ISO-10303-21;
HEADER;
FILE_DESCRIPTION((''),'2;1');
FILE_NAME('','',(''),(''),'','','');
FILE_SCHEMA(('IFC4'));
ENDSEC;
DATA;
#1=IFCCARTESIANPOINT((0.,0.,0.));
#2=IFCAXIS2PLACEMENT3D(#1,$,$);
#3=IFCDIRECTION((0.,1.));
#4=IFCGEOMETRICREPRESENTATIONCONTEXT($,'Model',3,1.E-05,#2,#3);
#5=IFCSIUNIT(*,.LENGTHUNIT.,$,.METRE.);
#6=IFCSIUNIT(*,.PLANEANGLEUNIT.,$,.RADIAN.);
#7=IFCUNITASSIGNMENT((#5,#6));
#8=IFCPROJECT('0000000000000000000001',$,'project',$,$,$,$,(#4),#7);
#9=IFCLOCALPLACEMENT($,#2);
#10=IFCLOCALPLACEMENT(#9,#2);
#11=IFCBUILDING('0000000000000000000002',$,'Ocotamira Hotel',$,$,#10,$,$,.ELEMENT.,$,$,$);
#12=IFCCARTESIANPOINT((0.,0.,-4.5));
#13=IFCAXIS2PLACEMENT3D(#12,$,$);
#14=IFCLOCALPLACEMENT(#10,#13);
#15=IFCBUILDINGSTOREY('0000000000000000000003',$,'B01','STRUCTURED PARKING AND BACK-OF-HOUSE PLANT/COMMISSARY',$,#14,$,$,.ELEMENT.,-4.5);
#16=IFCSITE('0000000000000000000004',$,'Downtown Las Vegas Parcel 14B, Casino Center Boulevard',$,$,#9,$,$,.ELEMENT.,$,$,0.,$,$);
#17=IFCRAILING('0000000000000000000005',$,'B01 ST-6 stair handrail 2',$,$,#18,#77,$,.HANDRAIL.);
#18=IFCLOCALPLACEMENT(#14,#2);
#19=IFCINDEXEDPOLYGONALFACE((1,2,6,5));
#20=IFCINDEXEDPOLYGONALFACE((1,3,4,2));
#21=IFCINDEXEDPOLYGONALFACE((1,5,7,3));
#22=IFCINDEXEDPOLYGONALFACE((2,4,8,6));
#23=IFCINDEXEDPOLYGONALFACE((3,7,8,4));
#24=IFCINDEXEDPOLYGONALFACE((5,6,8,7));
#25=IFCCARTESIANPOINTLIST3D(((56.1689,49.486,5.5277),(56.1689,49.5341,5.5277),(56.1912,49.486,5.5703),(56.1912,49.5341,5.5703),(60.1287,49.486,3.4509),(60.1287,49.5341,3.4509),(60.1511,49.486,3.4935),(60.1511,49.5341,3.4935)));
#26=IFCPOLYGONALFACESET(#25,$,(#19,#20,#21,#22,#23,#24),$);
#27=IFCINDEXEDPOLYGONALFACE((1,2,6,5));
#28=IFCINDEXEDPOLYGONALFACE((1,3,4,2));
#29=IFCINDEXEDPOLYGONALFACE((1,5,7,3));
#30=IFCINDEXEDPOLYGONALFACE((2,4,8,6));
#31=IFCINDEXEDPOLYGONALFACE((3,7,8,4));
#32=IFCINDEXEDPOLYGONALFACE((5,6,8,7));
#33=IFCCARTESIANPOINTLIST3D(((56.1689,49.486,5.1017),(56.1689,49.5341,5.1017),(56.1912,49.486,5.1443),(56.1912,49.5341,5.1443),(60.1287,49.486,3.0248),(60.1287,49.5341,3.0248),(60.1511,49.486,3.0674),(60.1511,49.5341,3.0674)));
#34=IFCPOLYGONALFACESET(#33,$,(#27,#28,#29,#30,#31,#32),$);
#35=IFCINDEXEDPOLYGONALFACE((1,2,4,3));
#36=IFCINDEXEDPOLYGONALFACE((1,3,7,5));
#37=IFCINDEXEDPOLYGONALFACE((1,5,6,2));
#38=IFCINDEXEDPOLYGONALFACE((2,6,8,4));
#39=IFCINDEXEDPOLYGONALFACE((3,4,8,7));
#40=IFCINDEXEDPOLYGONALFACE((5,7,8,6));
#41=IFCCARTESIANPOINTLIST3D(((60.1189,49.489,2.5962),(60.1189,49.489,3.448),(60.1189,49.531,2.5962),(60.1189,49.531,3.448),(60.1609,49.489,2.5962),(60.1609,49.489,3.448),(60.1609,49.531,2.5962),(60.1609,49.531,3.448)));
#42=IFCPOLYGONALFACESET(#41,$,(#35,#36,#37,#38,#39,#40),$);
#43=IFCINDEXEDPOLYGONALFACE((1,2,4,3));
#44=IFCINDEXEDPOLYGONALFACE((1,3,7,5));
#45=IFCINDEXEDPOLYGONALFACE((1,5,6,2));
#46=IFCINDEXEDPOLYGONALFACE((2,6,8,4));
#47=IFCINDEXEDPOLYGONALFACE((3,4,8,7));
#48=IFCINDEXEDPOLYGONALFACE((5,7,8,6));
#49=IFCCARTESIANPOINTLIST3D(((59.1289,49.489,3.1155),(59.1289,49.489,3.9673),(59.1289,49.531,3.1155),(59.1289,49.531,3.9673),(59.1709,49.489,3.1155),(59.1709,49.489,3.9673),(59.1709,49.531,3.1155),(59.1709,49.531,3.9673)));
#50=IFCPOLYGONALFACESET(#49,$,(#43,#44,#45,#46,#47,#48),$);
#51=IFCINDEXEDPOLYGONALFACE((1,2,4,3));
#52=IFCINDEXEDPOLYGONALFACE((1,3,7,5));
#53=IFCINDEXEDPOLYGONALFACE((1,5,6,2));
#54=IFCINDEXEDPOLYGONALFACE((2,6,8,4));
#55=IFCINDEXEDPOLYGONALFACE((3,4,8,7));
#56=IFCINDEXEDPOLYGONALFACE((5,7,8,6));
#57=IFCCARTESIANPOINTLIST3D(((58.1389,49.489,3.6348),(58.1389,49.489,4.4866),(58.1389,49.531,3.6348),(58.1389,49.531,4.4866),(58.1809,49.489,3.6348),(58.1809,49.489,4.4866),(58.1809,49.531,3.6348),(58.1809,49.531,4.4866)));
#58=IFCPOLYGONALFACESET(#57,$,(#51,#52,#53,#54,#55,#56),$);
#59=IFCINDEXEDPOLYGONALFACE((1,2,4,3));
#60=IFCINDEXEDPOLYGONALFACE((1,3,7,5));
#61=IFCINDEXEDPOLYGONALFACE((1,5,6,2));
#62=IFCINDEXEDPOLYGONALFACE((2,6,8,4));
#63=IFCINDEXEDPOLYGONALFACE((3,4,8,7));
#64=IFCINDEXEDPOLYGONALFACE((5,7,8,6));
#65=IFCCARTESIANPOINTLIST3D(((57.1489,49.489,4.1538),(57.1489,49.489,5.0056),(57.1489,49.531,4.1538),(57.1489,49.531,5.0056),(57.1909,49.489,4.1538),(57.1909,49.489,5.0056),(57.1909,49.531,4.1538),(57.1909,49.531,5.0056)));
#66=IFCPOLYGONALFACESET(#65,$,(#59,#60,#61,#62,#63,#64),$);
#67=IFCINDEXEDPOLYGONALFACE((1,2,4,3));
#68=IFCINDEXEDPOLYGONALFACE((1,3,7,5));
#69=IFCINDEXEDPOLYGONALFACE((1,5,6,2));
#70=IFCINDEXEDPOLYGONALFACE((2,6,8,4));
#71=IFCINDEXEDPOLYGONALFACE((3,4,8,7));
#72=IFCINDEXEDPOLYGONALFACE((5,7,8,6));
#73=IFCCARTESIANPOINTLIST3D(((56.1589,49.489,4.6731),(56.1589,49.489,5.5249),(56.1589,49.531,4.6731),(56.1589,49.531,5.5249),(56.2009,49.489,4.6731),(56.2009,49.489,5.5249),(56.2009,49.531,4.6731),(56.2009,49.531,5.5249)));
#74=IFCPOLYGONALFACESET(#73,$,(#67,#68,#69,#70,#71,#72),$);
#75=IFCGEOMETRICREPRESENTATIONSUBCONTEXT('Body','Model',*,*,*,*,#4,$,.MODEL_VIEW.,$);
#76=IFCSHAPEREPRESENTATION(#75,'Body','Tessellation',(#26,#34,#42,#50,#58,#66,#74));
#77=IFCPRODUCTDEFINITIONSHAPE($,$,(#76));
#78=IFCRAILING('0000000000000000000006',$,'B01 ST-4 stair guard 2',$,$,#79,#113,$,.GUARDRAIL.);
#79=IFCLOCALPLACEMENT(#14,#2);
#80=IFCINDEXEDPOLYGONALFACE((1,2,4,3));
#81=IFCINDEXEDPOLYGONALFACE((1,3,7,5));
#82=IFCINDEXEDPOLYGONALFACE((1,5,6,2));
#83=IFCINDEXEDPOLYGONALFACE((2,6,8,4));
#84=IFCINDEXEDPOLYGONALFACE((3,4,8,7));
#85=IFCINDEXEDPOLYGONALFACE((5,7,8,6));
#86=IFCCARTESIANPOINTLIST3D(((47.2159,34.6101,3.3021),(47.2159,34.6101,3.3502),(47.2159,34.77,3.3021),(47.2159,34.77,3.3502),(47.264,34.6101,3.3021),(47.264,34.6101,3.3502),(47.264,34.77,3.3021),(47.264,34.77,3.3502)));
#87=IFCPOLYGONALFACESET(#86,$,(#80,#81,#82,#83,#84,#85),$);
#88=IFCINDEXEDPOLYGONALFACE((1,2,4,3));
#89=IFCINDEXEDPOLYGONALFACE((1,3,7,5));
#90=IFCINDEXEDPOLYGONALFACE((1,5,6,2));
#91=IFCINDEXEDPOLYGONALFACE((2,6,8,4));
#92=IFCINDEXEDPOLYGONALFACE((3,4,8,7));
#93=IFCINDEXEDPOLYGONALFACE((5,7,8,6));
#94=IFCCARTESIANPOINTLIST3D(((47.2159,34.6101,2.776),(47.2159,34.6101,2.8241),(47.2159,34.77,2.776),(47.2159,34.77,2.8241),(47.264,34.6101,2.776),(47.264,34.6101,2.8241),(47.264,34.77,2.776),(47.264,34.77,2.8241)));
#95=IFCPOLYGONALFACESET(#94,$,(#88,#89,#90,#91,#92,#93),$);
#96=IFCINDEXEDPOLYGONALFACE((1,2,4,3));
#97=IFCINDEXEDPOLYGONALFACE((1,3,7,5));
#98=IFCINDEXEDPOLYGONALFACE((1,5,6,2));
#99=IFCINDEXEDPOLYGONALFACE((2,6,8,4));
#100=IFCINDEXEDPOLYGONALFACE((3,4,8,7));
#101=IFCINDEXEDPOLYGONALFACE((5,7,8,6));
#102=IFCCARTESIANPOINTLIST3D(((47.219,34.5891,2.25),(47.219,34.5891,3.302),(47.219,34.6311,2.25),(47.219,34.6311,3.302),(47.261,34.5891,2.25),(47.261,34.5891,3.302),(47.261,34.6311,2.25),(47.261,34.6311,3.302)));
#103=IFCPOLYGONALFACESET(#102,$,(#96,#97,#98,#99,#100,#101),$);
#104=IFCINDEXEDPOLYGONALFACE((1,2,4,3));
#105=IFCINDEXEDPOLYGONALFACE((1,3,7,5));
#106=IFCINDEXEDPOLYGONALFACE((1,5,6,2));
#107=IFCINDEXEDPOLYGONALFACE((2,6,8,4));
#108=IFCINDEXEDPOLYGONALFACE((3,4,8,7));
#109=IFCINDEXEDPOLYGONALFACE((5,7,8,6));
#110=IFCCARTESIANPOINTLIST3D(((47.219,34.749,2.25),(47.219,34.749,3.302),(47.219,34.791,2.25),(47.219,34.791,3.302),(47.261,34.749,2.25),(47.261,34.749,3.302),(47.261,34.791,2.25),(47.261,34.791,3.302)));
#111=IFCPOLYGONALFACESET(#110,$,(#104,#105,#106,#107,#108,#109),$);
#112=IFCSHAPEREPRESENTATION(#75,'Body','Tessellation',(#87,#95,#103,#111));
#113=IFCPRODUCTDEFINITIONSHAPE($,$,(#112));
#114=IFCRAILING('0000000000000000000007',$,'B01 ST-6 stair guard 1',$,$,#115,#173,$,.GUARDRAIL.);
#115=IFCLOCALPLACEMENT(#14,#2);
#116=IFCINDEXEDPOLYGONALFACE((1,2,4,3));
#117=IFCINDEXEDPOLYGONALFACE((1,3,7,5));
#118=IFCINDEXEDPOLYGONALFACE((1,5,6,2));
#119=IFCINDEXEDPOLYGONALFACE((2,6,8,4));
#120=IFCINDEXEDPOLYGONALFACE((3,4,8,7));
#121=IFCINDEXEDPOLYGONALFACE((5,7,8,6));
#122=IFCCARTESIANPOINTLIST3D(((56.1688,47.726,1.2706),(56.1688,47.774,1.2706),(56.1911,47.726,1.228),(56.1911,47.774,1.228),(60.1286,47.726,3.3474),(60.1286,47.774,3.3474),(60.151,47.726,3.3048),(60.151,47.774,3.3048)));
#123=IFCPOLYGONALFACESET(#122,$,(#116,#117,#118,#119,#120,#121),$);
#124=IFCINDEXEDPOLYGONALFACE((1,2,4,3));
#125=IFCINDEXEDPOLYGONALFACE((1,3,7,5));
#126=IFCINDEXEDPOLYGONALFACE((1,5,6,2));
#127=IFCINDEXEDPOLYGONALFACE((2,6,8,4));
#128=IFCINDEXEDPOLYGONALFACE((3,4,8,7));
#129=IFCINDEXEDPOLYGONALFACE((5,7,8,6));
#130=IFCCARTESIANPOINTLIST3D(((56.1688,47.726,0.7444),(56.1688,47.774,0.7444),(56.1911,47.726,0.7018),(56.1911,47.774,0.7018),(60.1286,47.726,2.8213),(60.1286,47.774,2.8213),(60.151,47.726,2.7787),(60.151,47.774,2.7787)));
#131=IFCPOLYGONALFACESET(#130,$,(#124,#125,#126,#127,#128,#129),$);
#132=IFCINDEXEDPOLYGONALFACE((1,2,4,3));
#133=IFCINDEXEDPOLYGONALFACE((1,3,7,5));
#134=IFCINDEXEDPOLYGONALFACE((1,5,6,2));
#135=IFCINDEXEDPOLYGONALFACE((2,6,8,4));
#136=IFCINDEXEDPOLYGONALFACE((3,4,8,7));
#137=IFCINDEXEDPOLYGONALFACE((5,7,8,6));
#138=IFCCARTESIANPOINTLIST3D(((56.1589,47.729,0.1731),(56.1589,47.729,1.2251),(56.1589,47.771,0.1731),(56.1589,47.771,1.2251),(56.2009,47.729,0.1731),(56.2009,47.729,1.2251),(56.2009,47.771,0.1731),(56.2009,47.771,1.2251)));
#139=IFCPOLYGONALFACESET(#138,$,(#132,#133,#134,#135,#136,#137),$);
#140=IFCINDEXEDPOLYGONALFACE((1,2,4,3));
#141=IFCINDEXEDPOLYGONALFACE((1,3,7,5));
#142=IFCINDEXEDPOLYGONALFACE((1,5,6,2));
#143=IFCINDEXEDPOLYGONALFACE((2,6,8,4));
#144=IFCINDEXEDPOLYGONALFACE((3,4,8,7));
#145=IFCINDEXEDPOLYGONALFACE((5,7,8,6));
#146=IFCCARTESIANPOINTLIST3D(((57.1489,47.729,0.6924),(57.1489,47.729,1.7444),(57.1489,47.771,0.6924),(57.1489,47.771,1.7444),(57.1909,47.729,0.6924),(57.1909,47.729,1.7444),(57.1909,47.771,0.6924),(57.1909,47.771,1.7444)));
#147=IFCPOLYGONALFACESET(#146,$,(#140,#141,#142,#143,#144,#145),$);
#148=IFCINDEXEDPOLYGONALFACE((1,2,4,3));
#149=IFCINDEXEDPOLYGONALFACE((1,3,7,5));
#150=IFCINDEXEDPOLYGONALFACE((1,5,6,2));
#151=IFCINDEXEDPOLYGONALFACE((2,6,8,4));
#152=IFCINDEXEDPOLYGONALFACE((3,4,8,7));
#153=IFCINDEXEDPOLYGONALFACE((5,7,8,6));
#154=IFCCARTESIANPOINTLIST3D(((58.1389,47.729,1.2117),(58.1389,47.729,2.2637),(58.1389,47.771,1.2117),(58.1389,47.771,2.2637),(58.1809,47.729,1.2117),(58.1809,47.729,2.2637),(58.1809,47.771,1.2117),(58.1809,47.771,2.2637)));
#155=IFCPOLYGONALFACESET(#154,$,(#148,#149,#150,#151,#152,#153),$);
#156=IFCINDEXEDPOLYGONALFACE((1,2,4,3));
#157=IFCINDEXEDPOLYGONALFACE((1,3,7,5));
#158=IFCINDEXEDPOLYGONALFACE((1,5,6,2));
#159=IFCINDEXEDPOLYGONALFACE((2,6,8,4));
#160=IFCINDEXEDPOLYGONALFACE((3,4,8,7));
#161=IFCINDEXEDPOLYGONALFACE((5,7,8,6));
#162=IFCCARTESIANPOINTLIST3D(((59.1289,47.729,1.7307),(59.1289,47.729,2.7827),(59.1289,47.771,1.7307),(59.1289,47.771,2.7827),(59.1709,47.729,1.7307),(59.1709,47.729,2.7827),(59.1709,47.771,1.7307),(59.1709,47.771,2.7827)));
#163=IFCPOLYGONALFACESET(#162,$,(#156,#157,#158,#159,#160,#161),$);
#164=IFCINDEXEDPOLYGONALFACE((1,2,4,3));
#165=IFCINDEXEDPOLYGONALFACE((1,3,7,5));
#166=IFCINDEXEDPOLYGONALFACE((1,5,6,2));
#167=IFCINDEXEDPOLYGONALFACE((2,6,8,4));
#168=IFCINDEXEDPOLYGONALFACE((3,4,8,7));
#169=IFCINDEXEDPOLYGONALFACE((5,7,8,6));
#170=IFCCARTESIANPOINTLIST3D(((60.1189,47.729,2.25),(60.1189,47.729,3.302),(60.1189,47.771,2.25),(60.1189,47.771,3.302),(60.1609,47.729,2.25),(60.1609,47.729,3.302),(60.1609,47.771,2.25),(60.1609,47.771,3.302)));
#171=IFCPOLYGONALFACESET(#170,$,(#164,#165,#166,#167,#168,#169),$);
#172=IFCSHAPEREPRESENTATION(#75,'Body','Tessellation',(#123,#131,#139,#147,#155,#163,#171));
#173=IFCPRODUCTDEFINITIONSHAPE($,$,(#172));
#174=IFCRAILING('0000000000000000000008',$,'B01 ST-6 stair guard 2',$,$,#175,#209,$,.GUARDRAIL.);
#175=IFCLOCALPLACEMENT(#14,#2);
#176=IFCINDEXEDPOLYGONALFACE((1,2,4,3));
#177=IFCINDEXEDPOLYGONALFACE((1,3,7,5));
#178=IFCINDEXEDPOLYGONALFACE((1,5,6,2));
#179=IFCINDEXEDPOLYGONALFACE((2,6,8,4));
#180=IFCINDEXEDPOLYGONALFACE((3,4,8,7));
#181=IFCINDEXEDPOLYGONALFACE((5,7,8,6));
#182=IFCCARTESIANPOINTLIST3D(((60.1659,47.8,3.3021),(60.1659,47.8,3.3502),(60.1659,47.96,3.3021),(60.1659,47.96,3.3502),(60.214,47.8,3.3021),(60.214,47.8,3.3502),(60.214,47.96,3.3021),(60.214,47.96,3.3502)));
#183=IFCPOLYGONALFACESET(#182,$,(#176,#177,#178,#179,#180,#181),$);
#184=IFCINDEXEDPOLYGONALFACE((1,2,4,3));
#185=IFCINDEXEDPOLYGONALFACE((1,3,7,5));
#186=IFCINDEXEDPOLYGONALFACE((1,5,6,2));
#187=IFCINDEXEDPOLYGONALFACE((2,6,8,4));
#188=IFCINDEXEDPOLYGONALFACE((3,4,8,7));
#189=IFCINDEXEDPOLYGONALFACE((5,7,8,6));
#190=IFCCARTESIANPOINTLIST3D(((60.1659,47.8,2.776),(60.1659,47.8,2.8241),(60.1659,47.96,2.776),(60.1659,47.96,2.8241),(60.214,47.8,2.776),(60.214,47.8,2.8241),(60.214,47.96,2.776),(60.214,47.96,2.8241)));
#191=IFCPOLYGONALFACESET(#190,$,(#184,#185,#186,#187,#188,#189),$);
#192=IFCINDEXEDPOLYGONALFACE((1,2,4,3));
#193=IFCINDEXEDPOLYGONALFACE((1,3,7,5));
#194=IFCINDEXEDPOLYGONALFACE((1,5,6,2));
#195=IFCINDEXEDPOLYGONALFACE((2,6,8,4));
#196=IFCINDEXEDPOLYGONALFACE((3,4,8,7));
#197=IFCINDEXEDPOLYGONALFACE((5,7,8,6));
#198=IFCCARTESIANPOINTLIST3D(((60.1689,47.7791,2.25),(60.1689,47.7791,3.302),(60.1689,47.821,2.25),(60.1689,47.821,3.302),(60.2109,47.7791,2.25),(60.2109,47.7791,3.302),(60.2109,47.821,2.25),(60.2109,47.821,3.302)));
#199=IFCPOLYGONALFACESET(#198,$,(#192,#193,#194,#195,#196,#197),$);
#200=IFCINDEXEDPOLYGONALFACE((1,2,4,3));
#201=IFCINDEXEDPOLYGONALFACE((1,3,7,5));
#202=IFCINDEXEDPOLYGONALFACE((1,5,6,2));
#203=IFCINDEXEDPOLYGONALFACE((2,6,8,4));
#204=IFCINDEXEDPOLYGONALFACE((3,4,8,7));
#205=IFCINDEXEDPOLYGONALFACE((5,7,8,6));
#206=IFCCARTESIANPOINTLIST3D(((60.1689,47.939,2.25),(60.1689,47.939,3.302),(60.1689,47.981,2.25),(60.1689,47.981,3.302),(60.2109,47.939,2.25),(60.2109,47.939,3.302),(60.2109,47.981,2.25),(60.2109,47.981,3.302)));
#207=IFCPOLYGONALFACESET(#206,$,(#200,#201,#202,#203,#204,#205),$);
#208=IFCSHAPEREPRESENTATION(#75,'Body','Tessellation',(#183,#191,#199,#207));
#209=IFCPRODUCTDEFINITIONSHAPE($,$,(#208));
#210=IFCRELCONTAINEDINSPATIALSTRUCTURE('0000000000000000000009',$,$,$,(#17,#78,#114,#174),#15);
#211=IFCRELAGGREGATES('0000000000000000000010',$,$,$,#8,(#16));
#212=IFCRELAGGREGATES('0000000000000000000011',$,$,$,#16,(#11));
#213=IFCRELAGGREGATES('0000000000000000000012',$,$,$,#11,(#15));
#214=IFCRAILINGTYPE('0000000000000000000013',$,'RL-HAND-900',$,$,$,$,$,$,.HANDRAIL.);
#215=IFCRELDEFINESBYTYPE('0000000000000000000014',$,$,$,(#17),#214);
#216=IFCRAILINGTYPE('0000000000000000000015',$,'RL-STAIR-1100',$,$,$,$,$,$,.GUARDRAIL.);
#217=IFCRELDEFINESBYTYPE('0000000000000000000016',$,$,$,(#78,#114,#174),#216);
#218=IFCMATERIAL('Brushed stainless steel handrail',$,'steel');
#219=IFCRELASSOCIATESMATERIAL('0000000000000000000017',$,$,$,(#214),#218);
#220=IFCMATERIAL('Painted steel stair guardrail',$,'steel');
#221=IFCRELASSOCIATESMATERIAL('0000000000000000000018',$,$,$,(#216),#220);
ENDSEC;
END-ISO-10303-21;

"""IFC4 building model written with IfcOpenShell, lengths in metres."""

from ifc_helpers import new_model, si_unit, direction, frame, origin, origin_2d, place, context, subcontext, project, spatial, rectangle, extrude, material, type_object, element, save


model = new_model("IFC4")

# Units and contexts
model_context = context("Model", 3, precision=1e-05, world=origin(), true_north=direction((0.0, 1.0)))
body_context = subcontext(model_context, "Body", "Model", "MODEL_VIEW")
ifc_project = project(units=[si_unit("LENGTHUNIT", "METRE"), si_unit("PLANEANGLEUNIT", "RADIAN")], contexts=[model_context])

# Site, building, storey
site_placement = place(None, origin())
site = spatial("IfcSite", under=ifc_project, at=site_placement, Name="Downtown Las Vegas Parcel 14B, Casino Center Boulevard", CompositionType="ELEMENT", RefElevation=0.0)
building_placement = place(site_placement, origin())
building = spatial("IfcBuilding", under=site, at=building_placement, Name="Ocotamira Hotel", CompositionType="ELEMENT")
storey_placement = place(building_placement, frame((0.0, 0.0, -4.5)))
storey = spatial("IfcBuildingStorey", under=building, at=storey_placement, Name="B01", Description="STRUCTURED PARKING AND BACK-OF-HOUSE PLANT/COMMISSARY", CompositionType="ELEMENT", Elevation=-4.5)

# Railings
ifc_material_1 = material(Name="Brushed stainless steel handrail", Category="steel")
railing_type_1 = type_object("IfcRailingType", Name="RL-HAND-900", PredefinedType="HANDRAIL", material=ifc_material_1)
railing_1_placement = place(storey_placement, frame((60.1399, 49.51, 2.5962)))
element("IfcRailing", 1, at=railing_1_placement, inside=storey, type_object=railing_type_1, Name="B01 ST-6 stair handrail 2", PredefinedType="HANDRAIL", context=body_context, shape_type="SweptSolid", body=[
    extrude(rectangle(XDim=0.0481, YDim=0.0481, at=origin_2d()), frame((0.0, 0.0, 0.876), z_axis=(-0.885589, 0.0, 0.46447), x_axis=(0.0, -1.0, 0.0)), (0.0, 0.0, 1.0), 4.4714),
    extrude(rectangle(XDim=0.0481, YDim=0.0481, at=origin_2d()), frame((0.0, 0.0, 0.45), z_axis=(-0.885589, 0.0, 0.46447), x_axis=(0.0, -1.0, 0.0)), (0.0, 0.0, 1.0), 4.4714),
    extrude(rectangle(XDim=0.042, YDim=0.042, at=origin_2d()), origin(), (0.0, 0.0, 1.0), 0.8518),
    extrude(rectangle(XDim=0.042, YDim=0.042, at=origin_2d()), frame((-0.99, 0.0, 0.5193)), (0.0, 0.0, 1.0), 0.8518),
    extrude(rectangle(XDim=0.042, YDim=0.042, at=origin_2d()), frame((-1.98, 0.0, 1.0386)), (0.0, 0.0, 1.0), 0.8518),
    extrude(rectangle(XDim=0.042, YDim=0.042, at=origin_2d()), frame((-2.97, 0.0, 1.5576)), (0.0, 0.0, 1.0), 0.8518),
    extrude(rectangle(XDim=0.042, YDim=0.042, at=origin_2d()), frame((-3.96, 0.0, 2.0769)), (0.0, 0.0, 1.0), 0.8518),
])
ifc_material_2 = material(Name="Painted steel stair guardrail", Category="steel")
railing_type_2 = type_object("IfcRailingType", Name="RL-STAIR-1100", PredefinedType="GUARDRAIL", material=ifc_material_2)
railing_2_placement = place(storey_placement, frame((47.24, 34.6101, 2.25)))
element("IfcRailing", 2, at=railing_2_placement, inside=storey, type_object=railing_type_2, Name="B01 ST-4 stair guard 2", PredefinedType="GUARDRAIL", context=body_context, shape_type="SweptSolid", body=[
    extrude(rectangle(XDim=0.0481, YDim=0.0481, at=origin_2d()), frame((0.0, 0.0, 1.0762), z_axis=(0.0, 1.0, 0.0), x_axis=(-1.0, 0.0, 0.0)), (0.0, 0.0, 1.0), 0.1599),
    extrude(rectangle(XDim=0.0481, YDim=0.0481, at=origin_2d()), frame((0.0, 0.0, 0.55), z_axis=(0.0, 1.0, 0.0), x_axis=(-1.0, 0.0, 0.0)), (0.0, 0.0, 1.0), 0.1599),
    extrude(rectangle(XDim=0.042, YDim=0.042, at=origin_2d()), origin(), (0.0, 0.0, 1.0), 1.052),
    extrude(rectangle(XDim=0.042, YDim=0.042, at=origin_2d()), frame((0.0, 0.1599, 0.0)), (0.0, 0.0, 1.0), 1.052),
])
railing_3_placement = place(storey_placement, frame((56.1799, 47.75, 0.1731)))
element("IfcRailing", 3, at=railing_3_placement, inside=storey, type_object=railing_type_2, Name="B01 ST-6 stair guard 1", PredefinedType="GUARDRAIL", context=body_context, shape_type="SweptSolid", body=[
    extrude(rectangle(XDim=0.0481, YDim=0.0481, at=origin_2d()), frame((0.0, 0.0, 1.0762), z_axis=(0.885589, 0.0, 0.46447), x_axis=(0.0, 1.0, 0.0)), (0.0, 0.0, 1.0), 4.4714),
    extrude(rectangle(XDim=0.0481, YDim=0.0481, at=origin_2d()), frame((0.0, 0.0, 0.55), z_axis=(0.885589, 0.0, 0.46447), x_axis=(0.0, 1.0, 0.0)), (0.0, 0.0, 1.0), 4.4714),
    extrude(rectangle(XDim=0.042, YDim=0.042, at=origin_2d()), origin(), (0.0, 0.0, 1.0), 1.052),
    extrude(rectangle(XDim=0.042, YDim=0.042, at=origin_2d()), frame((0.99, 0.0, 0.5193)), (0.0, 0.0, 1.0), 1.052),
    extrude(rectangle(XDim=0.042, YDim=0.042, at=origin_2d()), frame((1.98, 0.0, 1.0386)), (0.0, 0.0, 1.0), 1.052),
    extrude(rectangle(XDim=0.042, YDim=0.042, at=origin_2d()), frame((2.97, 0.0, 1.5576)), (0.0, 0.0, 1.0), 1.052),
    extrude(rectangle(XDim=0.042, YDim=0.042, at=origin_2d()), frame((3.96, 0.0, 2.0769)), (0.0, 0.0, 1.0), 1.052),
])
railing_4_placement = place(storey_placement, frame((60.1899, 47.8, 2.25)))
element("IfcRailing", 4, at=railing_4_placement, inside=storey, type_object=railing_type_2, Name="B01 ST-6 stair guard 2", PredefinedType="GUARDRAIL", context=body_context, shape_type="SweptSolid", body=[
    extrude(rectangle(XDim=0.0481, YDim=0.0481, at=origin_2d()), frame((0.0, 0.0, 1.0762), z_axis=(0.0, 1.0, 0.0), x_axis=(-1.0, 0.0, 0.0)), (0.0, 0.0, 1.0), 0.1599),
    extrude(rectangle(XDim=0.0481, YDim=0.0481, at=origin_2d()), frame((0.0, 0.0, 0.55), z_axis=(0.0, 1.0, 0.0), x_axis=(-1.0, 0.0, 0.0)), (0.0, 0.0, 1.0), 0.1599),
    extrude(rectangle(XDim=0.042, YDim=0.042, at=origin_2d()), origin(), (0.0, 0.0, 1.0), 1.052),
    extrude(rectangle(XDim=0.042, YDim=0.042, at=origin_2d()), frame((0.0, 0.1599, 0.0)), (0.0, 0.0, 1.0), 1.052),
])

save(model, "model.ifc")
